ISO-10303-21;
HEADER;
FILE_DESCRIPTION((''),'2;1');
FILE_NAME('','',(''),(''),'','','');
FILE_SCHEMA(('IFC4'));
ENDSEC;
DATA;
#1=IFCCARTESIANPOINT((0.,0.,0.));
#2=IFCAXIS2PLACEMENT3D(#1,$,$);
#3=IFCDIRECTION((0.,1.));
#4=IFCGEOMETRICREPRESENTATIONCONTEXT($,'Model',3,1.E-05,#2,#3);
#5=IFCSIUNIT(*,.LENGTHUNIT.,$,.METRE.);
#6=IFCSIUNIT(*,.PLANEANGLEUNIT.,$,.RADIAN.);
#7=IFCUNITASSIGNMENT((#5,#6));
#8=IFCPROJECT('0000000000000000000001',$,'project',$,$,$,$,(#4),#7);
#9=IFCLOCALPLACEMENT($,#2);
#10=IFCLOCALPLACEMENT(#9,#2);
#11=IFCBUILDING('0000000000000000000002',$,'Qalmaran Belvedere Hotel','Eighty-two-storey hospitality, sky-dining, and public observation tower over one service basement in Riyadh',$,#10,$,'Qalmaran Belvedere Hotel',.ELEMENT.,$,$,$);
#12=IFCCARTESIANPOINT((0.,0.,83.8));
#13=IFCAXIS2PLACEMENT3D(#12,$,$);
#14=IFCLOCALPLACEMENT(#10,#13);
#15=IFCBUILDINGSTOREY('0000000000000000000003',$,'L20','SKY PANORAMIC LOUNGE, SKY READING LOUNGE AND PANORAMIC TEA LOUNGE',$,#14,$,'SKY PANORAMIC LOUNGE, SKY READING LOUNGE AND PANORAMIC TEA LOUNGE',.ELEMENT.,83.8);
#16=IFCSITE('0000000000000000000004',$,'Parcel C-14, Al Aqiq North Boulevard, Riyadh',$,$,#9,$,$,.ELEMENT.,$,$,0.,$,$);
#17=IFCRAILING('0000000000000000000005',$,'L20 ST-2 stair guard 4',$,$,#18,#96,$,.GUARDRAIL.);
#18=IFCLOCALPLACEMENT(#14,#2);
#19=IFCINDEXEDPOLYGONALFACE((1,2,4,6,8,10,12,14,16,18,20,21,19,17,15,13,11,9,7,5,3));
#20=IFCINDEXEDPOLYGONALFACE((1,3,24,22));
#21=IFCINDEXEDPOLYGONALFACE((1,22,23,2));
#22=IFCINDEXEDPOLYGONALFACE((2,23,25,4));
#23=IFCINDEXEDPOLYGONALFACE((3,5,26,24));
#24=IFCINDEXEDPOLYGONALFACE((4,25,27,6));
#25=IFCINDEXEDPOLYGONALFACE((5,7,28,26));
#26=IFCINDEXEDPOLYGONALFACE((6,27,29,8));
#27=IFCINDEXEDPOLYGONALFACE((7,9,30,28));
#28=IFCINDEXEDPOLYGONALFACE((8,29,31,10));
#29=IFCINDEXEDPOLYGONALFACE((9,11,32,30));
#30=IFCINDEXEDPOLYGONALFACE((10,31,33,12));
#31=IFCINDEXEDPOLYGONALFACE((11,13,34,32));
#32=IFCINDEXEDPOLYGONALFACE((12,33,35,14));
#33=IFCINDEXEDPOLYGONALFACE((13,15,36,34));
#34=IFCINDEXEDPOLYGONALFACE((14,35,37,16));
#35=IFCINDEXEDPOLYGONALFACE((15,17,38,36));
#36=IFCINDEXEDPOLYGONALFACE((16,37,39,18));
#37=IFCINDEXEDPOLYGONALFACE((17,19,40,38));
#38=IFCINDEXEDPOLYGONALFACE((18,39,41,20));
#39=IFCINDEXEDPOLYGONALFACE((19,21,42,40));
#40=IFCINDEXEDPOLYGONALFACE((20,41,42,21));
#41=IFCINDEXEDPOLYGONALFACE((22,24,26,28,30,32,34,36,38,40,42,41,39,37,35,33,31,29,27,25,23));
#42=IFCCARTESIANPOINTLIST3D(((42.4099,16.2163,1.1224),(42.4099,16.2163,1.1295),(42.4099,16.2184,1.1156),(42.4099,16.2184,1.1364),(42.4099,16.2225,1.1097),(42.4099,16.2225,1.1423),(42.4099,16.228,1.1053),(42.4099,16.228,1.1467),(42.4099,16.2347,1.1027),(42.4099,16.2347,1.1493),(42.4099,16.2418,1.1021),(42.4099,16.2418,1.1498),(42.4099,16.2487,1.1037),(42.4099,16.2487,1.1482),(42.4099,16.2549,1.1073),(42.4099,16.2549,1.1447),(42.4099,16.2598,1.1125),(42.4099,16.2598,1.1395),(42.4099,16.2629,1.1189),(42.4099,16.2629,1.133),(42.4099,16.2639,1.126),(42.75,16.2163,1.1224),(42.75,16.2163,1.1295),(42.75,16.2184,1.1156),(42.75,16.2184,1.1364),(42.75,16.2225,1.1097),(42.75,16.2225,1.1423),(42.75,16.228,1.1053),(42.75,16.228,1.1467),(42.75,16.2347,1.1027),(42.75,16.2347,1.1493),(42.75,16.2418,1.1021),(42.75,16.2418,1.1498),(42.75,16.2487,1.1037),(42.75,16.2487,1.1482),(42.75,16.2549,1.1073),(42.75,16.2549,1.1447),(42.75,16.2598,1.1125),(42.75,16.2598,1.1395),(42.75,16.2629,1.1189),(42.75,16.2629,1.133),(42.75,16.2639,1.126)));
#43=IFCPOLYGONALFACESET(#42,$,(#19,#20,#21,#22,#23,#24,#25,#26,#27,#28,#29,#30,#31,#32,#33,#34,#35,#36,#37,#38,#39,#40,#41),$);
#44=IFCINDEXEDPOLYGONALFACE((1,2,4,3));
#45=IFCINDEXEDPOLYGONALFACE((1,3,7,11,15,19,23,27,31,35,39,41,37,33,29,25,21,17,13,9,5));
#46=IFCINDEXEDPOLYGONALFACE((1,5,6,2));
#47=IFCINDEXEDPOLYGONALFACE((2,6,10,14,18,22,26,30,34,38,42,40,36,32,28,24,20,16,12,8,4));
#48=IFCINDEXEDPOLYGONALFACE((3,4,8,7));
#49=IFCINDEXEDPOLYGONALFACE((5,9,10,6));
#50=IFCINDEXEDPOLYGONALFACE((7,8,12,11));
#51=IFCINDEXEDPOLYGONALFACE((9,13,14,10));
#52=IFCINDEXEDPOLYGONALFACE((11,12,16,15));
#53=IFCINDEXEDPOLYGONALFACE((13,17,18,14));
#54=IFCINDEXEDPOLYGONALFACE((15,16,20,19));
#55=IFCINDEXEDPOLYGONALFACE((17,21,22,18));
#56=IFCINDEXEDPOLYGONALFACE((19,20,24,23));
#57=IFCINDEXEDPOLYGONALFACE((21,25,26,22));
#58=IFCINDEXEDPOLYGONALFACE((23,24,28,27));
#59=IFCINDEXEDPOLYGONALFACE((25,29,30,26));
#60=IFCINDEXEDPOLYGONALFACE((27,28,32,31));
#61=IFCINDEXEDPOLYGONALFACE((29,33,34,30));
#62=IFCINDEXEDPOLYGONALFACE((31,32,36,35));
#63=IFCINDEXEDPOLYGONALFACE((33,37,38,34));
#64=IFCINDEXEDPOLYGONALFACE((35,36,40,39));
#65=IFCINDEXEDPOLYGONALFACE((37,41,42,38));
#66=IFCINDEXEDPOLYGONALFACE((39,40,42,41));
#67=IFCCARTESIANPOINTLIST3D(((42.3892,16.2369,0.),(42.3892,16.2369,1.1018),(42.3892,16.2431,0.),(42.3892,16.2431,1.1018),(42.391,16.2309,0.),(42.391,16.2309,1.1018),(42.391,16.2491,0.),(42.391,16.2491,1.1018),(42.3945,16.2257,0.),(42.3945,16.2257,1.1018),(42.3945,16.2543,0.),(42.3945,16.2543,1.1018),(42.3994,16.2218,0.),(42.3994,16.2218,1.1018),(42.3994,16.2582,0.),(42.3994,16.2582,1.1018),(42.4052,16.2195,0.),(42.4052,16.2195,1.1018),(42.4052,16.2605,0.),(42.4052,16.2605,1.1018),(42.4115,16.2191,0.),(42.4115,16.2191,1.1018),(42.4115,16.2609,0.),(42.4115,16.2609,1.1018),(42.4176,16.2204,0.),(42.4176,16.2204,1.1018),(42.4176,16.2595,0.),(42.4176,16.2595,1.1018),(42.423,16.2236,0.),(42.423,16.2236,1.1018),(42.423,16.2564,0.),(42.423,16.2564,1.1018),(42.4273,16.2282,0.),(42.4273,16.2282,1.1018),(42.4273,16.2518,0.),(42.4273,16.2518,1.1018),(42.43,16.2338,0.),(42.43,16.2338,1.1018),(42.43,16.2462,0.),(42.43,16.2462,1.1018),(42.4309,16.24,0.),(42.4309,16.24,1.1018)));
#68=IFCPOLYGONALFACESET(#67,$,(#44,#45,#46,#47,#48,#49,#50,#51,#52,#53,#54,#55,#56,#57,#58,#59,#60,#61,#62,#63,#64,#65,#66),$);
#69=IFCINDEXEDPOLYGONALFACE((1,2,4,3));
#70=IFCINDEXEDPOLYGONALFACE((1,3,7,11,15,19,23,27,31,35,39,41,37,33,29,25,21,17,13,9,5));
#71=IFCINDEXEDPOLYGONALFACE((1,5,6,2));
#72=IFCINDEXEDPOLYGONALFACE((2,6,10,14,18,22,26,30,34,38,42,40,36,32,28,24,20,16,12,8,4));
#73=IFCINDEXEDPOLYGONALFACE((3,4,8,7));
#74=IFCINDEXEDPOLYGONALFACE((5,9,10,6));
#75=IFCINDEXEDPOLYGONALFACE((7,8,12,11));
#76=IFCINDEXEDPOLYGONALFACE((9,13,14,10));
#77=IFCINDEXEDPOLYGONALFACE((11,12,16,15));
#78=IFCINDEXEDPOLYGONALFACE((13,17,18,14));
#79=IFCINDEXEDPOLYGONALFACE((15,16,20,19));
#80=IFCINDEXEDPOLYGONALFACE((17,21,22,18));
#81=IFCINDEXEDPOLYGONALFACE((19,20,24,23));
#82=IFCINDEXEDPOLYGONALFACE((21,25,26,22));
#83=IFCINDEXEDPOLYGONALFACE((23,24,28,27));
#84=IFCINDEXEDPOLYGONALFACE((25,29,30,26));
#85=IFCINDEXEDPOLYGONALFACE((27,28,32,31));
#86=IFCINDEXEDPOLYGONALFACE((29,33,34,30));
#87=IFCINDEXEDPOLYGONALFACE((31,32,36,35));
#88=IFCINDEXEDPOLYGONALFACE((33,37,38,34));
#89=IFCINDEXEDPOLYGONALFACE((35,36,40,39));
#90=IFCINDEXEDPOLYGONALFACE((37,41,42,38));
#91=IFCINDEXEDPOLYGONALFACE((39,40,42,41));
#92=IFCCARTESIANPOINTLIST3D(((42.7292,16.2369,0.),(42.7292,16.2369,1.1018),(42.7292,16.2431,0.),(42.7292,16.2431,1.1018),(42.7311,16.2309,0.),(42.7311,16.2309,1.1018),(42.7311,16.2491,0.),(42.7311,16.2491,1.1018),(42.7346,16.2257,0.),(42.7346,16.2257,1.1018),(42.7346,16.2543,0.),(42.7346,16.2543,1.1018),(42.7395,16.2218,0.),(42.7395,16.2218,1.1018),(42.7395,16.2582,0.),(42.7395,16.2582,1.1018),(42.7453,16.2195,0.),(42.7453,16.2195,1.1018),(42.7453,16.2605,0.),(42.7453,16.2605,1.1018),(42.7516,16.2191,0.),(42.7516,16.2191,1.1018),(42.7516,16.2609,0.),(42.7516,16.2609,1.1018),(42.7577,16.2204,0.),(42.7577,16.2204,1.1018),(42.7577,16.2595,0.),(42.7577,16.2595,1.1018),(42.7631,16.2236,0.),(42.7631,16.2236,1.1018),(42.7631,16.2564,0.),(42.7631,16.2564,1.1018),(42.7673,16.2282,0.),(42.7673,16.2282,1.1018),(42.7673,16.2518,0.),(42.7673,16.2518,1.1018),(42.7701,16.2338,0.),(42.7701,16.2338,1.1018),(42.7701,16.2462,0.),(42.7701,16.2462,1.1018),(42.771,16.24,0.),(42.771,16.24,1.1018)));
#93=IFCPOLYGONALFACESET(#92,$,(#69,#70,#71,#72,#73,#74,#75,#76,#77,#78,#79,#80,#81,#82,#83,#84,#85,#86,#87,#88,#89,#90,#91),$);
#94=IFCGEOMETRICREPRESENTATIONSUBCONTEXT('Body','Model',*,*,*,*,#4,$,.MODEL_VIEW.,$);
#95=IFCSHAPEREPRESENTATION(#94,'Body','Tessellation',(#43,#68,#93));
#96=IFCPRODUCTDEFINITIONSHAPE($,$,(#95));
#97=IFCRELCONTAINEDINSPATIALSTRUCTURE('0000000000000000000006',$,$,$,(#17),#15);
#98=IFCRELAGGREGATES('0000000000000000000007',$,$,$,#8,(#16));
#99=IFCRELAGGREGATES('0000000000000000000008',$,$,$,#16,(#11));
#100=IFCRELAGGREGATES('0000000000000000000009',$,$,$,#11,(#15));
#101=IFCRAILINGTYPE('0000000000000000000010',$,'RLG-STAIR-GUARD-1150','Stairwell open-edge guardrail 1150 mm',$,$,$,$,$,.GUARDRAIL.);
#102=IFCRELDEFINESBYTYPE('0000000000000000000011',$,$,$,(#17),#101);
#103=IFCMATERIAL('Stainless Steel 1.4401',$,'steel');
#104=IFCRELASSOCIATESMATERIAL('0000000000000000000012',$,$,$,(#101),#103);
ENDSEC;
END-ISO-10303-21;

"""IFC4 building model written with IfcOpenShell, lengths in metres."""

from ifc_helpers import new_model, si_unit, direction, frame, origin, origin_2d, place, context, subcontext, project, spatial, circle, extrude, material, type_object, element, save


model = new_model("IFC4")

# Units and contexts
model_context = context("Model", 3, precision=1e-05, world=origin(), true_north=direction((0.0, 1.0)))
body_context = subcontext(model_context, "Body", "Model", "MODEL_VIEW")
ifc_project = project(units=[si_unit("LENGTHUNIT", "METRE"), si_unit("PLANEANGLEUNIT", "RADIAN")], contexts=[model_context])

# Site, building, storey
site_placement = place(None, origin())
site = spatial("IfcSite", under=ifc_project, at=site_placement, Name="Parcel C-14, Al Aqiq North Boulevard, Riyadh", CompositionType="ELEMENT", RefElevation=0.0)
building_placement = place(site_placement, origin())
building = spatial("IfcBuilding", under=site, at=building_placement, Name="Qalmaran Belvedere Hotel", Description="Eighty-two-storey hospitality, sky-dining, and public observation tower over one service basement in Riyadh", LongName="Qalmaran Belvedere Hotel", CompositionType="ELEMENT")
storey_placement = place(building_placement, frame((0.0, 0.0, 83.8)))
storey = spatial("IfcBuildingStorey", under=building, at=storey_placement, Name="L20", Description="SKY PANORAMIC LOUNGE, SKY READING LOUNGE AND PANORAMIC TEA LOUNGE", LongName="SKY PANORAMIC LOUNGE, SKY READING LOUNGE AND PANORAMIC TEA LOUNGE", CompositionType="ELEMENT", Elevation=83.8)

# Railing
ifc_material_1 = material(Name="Stainless Steel 1.4401", Category="steel")
railing_type_1 = type_object("IfcRailingType", Name="RLG-STAIR-GUARD-1150", Description="Stairwell open-edge guardrail 1150 mm", PredefinedType="GUARDRAIL", material=ifc_material_1)
railing_1_placement = place(storey_placement, frame((42.4099, 16.24, 0.0)))
element("IfcRailing", 1, at=railing_1_placement, inside=storey, type_object=railing_type_1, Name="L20 ST-2 stair guard 4", PredefinedType="GUARDRAIL", context=body_context, shape_type="SweptSolid", body=[
    extrude(circle(Radius=0.0239, at=origin_2d()), frame((0.0, 0.0, 1.126), z_axis=(1.0, 0.0, 0.0), x_axis=(0.0, 1.0, 0.0)), (0.0, 0.0, 1.0), 0.3401),
    extrude(circle(Radius=0.021, at=origin_2d()), origin(), (0.0, 0.0, 1.0), 1.1018),
    extrude(circle(Radius=0.021, at=origin_2d()), frame((0.3401, 0.0, 0.0)), (0.0, 0.0, 1.0), 1.1018),
])

save(model, "model.ifc")
